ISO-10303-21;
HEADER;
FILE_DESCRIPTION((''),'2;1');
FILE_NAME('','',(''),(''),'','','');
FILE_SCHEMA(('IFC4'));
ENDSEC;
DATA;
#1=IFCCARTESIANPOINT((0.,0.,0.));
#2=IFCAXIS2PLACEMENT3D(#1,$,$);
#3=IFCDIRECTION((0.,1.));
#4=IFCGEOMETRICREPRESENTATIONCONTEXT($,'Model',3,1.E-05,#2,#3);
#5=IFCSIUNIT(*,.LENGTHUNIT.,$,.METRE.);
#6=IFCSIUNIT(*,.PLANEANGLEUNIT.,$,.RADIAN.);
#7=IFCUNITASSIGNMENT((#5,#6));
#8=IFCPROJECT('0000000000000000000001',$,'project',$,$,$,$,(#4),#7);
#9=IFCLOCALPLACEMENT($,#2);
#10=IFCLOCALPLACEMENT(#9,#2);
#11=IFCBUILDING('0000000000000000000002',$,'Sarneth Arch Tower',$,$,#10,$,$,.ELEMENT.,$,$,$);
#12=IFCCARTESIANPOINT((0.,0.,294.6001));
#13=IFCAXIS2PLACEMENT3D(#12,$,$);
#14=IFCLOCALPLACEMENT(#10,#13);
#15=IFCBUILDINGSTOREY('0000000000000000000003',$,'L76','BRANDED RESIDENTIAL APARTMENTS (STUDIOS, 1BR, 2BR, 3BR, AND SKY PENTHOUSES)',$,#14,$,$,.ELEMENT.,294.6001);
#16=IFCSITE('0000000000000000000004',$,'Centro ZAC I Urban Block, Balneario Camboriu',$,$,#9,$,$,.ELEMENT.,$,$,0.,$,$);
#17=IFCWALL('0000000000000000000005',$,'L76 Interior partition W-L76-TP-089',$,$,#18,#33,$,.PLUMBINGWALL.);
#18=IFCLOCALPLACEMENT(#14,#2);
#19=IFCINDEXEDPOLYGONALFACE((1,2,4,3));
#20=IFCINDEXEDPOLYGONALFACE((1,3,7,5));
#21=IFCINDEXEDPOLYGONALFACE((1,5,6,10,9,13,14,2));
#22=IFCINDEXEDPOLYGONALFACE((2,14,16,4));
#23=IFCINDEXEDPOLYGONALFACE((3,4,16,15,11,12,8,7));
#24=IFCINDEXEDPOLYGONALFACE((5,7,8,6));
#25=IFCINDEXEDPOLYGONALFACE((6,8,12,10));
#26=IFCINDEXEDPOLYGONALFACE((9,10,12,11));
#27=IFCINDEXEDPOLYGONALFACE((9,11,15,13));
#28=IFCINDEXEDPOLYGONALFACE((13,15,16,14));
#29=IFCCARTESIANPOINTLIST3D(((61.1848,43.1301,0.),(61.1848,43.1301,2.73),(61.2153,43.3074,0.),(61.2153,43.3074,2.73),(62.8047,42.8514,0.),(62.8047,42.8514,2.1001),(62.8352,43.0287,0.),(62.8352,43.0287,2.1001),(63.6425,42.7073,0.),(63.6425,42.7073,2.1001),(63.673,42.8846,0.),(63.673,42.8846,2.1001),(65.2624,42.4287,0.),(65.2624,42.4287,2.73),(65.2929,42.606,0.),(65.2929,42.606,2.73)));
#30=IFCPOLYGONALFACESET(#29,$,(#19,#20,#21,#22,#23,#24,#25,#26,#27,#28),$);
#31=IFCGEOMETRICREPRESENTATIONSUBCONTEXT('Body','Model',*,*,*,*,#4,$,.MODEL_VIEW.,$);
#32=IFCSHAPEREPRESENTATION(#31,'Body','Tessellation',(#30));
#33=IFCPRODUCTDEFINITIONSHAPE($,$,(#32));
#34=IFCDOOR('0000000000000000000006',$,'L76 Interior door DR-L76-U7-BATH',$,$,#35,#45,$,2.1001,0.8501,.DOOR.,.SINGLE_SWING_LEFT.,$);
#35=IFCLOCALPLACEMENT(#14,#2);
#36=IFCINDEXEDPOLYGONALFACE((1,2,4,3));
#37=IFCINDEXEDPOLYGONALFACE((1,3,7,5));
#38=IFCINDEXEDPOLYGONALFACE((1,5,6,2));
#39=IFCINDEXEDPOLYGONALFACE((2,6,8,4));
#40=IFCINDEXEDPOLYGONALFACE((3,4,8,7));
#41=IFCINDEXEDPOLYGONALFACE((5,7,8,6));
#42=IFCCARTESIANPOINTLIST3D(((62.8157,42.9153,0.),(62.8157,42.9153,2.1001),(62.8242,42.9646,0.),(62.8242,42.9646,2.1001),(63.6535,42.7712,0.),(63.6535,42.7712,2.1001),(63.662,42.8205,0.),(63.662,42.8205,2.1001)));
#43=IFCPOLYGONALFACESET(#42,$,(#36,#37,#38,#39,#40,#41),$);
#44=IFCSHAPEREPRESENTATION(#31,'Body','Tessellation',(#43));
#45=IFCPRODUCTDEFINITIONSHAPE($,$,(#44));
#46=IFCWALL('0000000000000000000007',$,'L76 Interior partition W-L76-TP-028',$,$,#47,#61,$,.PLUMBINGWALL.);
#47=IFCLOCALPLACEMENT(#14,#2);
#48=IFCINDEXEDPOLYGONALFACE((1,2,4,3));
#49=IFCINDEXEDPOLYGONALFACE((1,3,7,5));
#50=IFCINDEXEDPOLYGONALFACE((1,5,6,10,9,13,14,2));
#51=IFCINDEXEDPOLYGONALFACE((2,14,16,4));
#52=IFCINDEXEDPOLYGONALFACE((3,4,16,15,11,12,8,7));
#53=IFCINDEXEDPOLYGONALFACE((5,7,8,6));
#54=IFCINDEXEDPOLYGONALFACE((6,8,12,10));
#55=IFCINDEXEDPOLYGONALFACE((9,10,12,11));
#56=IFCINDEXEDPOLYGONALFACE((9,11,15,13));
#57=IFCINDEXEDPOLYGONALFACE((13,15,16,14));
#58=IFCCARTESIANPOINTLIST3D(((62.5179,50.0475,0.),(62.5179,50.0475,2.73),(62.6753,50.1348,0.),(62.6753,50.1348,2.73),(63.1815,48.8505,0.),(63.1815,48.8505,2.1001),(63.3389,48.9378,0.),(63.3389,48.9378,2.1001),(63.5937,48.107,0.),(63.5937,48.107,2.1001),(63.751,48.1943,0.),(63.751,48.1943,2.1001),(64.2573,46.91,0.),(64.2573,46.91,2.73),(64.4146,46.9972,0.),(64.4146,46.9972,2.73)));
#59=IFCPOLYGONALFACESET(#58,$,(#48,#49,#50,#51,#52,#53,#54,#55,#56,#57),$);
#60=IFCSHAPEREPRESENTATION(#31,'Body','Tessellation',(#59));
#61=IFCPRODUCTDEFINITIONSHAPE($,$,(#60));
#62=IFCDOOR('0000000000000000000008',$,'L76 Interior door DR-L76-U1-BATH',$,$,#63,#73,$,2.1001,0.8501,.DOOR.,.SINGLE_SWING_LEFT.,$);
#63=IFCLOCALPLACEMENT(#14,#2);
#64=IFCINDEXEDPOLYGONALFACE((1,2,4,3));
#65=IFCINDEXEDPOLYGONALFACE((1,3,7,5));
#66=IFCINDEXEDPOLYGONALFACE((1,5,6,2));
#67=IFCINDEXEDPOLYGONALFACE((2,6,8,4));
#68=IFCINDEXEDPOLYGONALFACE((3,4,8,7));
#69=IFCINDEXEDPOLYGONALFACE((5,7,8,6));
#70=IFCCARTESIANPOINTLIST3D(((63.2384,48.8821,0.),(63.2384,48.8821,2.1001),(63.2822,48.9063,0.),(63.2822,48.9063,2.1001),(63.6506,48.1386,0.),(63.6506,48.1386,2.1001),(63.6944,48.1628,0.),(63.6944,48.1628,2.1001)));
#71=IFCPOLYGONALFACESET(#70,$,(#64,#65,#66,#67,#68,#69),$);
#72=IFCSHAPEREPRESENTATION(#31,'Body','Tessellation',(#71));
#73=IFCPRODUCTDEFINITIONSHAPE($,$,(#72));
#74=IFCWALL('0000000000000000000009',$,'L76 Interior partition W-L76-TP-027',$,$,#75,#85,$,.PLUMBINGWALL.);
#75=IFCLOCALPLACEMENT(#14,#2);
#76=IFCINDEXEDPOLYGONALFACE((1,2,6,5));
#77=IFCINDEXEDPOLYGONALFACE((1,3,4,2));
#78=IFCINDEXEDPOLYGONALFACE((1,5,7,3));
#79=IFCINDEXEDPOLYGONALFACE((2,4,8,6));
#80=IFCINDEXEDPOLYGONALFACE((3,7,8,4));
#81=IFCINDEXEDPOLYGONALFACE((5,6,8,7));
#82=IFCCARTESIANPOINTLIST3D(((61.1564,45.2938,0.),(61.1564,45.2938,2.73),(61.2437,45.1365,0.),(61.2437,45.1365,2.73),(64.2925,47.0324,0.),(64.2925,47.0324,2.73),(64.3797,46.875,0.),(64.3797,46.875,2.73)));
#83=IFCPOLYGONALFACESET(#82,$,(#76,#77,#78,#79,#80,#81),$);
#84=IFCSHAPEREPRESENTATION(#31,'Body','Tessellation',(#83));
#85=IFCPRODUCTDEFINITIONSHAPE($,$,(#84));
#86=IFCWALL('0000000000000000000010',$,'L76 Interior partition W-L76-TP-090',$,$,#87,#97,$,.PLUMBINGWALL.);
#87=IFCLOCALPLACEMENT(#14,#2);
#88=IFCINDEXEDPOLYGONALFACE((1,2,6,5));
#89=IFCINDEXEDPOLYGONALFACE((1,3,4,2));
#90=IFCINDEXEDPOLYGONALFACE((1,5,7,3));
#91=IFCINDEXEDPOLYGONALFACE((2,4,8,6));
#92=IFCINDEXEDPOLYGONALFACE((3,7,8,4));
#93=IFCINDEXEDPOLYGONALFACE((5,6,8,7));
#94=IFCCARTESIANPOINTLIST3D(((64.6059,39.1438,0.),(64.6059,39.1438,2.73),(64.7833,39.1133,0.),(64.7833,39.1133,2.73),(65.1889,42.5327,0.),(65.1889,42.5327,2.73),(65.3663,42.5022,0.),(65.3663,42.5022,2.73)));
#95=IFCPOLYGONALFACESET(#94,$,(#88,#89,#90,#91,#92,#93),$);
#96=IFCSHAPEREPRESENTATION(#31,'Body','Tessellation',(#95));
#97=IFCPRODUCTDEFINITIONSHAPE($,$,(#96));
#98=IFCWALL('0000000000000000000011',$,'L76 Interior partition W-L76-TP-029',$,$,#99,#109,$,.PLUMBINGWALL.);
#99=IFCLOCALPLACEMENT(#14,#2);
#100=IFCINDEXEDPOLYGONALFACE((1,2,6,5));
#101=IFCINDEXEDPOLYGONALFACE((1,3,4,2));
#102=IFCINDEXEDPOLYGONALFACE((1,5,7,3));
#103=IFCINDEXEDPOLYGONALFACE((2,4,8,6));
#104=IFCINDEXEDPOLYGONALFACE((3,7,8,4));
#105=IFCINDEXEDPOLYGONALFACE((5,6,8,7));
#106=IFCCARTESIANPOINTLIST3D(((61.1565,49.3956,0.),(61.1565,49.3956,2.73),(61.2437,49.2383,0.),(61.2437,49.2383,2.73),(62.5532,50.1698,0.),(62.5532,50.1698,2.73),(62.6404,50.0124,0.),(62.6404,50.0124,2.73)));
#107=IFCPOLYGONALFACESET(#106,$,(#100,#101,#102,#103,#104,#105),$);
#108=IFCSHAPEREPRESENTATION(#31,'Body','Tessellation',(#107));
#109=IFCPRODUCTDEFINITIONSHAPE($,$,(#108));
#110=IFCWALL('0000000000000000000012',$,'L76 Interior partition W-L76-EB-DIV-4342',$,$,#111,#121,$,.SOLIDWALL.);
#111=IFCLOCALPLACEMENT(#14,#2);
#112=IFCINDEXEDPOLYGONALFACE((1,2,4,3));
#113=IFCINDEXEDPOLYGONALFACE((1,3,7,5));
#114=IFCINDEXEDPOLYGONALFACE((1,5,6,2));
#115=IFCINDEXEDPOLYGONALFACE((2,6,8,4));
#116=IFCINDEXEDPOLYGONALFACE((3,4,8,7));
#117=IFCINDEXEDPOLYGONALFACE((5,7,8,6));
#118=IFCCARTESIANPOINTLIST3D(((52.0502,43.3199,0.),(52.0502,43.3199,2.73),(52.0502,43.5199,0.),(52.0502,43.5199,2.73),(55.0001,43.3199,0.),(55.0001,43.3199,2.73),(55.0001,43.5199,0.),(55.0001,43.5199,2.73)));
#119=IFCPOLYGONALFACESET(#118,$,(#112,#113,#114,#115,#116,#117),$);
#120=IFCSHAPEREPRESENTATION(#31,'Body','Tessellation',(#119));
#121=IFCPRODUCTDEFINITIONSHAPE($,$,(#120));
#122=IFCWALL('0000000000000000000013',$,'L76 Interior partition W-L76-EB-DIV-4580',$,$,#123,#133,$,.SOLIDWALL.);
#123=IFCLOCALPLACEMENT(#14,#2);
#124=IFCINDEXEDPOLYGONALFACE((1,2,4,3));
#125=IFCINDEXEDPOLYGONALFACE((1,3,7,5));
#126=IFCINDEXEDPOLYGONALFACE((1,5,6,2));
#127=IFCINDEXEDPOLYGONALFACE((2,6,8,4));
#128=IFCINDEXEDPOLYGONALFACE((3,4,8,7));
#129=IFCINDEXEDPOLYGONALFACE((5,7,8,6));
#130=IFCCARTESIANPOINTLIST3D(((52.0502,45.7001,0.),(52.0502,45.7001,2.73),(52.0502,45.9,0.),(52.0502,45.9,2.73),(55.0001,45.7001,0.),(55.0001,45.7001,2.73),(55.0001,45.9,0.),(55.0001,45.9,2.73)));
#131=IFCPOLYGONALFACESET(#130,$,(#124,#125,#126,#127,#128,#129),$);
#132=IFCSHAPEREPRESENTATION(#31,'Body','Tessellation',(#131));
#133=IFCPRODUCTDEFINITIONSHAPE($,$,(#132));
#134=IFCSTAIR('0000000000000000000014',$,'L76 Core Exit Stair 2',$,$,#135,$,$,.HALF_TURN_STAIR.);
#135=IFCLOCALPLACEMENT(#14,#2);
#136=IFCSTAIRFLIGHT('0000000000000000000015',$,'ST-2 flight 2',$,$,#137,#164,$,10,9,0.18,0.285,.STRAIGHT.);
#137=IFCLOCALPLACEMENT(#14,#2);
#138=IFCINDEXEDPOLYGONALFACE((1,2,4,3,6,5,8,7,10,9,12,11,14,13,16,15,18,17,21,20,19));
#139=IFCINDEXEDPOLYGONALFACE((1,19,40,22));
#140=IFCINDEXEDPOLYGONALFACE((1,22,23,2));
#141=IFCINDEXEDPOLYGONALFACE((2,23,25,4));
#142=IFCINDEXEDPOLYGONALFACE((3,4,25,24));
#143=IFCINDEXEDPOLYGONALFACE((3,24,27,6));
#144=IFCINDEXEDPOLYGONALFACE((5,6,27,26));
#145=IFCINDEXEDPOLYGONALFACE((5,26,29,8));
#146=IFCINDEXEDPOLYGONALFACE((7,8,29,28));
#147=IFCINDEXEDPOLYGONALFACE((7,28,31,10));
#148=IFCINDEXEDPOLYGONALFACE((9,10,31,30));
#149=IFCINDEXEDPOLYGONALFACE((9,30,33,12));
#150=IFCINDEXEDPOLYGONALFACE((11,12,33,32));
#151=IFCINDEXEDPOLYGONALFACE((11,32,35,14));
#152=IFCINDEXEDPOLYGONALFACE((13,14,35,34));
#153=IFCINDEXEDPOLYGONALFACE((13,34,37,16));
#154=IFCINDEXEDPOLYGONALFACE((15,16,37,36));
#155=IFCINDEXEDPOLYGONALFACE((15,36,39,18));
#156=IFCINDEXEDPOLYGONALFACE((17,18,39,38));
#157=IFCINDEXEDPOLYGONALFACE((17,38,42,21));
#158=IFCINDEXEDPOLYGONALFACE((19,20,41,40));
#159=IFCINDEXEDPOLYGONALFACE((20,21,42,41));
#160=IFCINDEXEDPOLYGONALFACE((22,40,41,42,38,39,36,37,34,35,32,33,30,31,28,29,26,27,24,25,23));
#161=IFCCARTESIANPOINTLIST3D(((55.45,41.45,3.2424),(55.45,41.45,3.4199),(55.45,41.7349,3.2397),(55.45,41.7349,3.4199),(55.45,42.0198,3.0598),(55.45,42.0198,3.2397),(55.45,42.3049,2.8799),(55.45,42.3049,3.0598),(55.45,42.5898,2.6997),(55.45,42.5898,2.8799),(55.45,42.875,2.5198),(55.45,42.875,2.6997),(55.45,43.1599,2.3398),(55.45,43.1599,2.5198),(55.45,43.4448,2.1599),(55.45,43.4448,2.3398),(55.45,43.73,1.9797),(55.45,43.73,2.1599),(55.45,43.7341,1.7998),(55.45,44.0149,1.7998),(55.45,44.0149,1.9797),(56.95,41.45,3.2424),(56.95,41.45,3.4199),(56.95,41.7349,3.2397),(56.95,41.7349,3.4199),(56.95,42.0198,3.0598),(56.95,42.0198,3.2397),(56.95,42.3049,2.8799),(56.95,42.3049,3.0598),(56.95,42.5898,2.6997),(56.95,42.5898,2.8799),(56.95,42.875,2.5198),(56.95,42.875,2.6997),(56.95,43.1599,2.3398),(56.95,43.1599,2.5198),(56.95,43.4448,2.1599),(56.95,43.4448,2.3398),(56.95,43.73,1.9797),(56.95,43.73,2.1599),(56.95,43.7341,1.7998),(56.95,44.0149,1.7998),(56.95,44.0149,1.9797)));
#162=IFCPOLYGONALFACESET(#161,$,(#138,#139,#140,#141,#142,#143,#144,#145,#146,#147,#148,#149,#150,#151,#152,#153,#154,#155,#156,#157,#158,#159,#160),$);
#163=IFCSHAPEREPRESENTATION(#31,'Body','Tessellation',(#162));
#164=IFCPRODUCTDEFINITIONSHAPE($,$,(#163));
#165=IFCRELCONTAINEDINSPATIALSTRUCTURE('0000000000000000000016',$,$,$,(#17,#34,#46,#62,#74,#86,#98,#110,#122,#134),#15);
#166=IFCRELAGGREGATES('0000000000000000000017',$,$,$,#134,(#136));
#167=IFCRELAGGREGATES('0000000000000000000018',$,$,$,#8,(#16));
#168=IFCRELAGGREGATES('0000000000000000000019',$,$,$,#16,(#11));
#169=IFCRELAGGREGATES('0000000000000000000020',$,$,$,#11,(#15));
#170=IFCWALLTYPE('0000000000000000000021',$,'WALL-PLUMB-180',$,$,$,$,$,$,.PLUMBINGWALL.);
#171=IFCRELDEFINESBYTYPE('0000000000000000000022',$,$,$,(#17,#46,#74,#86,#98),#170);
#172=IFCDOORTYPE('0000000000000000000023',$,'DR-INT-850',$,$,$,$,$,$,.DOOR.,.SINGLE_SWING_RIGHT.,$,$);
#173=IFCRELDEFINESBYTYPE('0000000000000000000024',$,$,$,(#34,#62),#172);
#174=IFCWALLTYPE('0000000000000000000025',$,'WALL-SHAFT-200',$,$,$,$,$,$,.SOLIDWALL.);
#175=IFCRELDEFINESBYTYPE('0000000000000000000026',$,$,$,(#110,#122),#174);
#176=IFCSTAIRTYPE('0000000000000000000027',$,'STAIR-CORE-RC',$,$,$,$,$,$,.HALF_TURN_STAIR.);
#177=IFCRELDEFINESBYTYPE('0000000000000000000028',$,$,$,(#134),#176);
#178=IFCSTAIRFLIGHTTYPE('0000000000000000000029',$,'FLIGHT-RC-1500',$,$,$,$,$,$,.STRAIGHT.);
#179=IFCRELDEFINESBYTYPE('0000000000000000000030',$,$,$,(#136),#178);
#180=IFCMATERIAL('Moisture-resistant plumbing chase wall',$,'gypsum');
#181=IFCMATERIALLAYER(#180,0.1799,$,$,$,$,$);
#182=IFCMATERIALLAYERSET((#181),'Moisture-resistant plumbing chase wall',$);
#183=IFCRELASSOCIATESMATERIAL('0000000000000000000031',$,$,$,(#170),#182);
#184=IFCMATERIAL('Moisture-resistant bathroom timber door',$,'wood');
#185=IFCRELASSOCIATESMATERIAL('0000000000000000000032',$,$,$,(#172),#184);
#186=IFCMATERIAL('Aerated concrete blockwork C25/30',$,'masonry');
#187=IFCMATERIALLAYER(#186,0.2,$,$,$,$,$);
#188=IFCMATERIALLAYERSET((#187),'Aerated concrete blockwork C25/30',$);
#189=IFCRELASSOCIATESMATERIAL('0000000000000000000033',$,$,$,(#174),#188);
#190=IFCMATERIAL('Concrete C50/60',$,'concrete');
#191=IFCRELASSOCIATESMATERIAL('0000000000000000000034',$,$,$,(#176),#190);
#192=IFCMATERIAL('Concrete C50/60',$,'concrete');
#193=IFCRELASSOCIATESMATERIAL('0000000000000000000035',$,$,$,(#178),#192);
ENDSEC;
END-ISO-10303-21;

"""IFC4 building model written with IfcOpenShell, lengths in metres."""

from ifc_helpers import new_model, si_unit, direction, frame, frame_2d, origin, place, context, subcontext, project, spatial, polyline, rectangle, outline, extrude, material, layer, layer_set, type_object, element, fill, aggregate, save


model = new_model("IFC4")

# Units and contexts
model_context = context("Model", 3, precision=1e-05, world=origin(), true_north=direction((0.0, 1.0)))
body_context = subcontext(model_context, "Body", "Model", "MODEL_VIEW")
ifc_project = project(units=[si_unit("LENGTHUNIT", "METRE"), si_unit("PLANEANGLEUNIT", "RADIAN")], contexts=[model_context])

# Site, building, storey
site_placement = place(None, origin())
site = spatial("IfcSite", under=ifc_project, at=site_placement, Name="Centro ZAC I Urban Block, Balneario Camboriu", CompositionType="ELEMENT", RefElevation=0.0)
building_placement = place(site_placement, origin())
building = spatial("IfcBuilding", under=site, at=building_placement, Name="Sarneth Arch Tower", CompositionType="ELEMENT")
storey_placement = place(building_placement, frame((0.0, 0.0, 294.6001)))
storey = spatial("IfcBuildingStorey", under=building, at=storey_placement, Name="L76", Description="BRANDED RESIDENTIAL APARTMENTS (STUDIOS, 1BR, 2BR, 3BR, AND SKY PENTHOUSES)", CompositionType="ELEMENT", Elevation=294.6001)

# Walls, openings, doors
ifc_material_1 = material(Name="Moisture-resistant plumbing chase wall", Category="gypsum")
ifc_layer_1 = layer(ifc_material_1, 0.1799)
ifc_layer_set_1 = layer_set([ifc_layer_1], Name="Moisture-resistant plumbing chase wall")
wall_type_1 = type_object("IfcWallType", Name="WALL-PLUMB-180", PredefinedType="PLUMBINGWALL", material=ifc_layer_set_1)
ifc_material_2 = material(Name="Moisture-resistant bathroom timber door", Category="wood")
door_type_1 = type_object("IfcDoorType", Name="DR-INT-850", OperationType="SINGLE_SWING_RIGHT", PredefinedType="DOOR", material=ifc_material_2)
wall_1_placement = place(storey_placement, frame((61.2, 43.2188, 0.0), z_axis=(0.0, 0.0, 1.0), x_axis=(0.985526, -0.169526, 0.0)))
wall_1 = element("IfcWall", 1, at=wall_1_placement, inside=storey, type_object=wall_type_1, Name="L76 Interior partition W-L76-TP-089", PredefinedType="PLUMBINGWALL", context=body_context, shape_type="SweptSolid", body=[
    extrude(rectangle(XDim=4.1375, YDim=0.1799, at=frame_2d((2.0688, 0.0))), origin(), (0.0, 0.0, 1.0), 2.73),
])
opening_1_placement = place(wall_1_placement, frame((1.6438, 0.0, 0.0)))
opening_1 = element("IfcOpeningElement", 2, at=opening_1_placement, cuts=wall_1, PredefinedType="OPENING", context=body_context, shape_type="SweptSolid", body=[
    extrude(rectangle(XDim=0.8501, YDim=2.1001, at=frame_2d((0.425, 1.05))), frame((0.0, 0.0999, 0.0), z_axis=(0.0, -1.0, 0.0), x_axis=(1.0, 0.0, 0.0)), (0.0, 0.0, 1.0), 0.2),
])
door_1_placement = place(opening_1_placement, origin())
door_1 = element("IfcDoor", 3, at=door_1_placement, inside=storey, type_object=door_type_1, Name="L76 Interior door DR-L76-U7-BATH", OperationType="SINGLE_SWING_LEFT", OverallHeight=2.1001, OverallWidth=0.8501, PredefinedType="DOOR", context=body_context, shape_type="SweptSolid", body=[
    extrude(rectangle(XDim=0.8501, YDim=2.1001, at=frame_2d((0.425, 1.05))), frame((0.0, 0.0249, 0.0), z_axis=(0.0, -1.0, 0.0), x_axis=(1.0, 0.0, 0.0)), (0.0, 0.0, 1.0), 0.05),
])
fill(opening_1, door_1)
wall_2_placement = place(storey_placement, frame((64.3359, 46.9536, 0.0), z_axis=(0.0, 0.0, 1.0), x_axis=(-0.48484, 0.874603, 0.0)))
wall_2 = element("IfcWall", 4, at=wall_2_placement, inside=storey, type_object=wall_type_1, Name="L76 Interior partition W-L76-TP-028", PredefinedType="PLUMBINGWALL", context=body_context, shape_type="SweptSolid", body=[
    extrude(rectangle(XDim=3.5874, YDim=0.1799, at=frame_2d((1.7937, 0.0))), origin(), (0.0, 0.0, 1.0), 2.73),
])
opening_2_placement = place(wall_2_placement, frame((1.3687, 0.0, 0.0)))
opening_2 = element("IfcOpeningElement", 5, at=opening_2_placement, cuts=wall_2, PredefinedType="OPENING", context=body_context, shape_type="SweptSolid", body=[
    extrude(rectangle(XDim=0.8501, YDim=2.1001, at=frame_2d((0.425, 1.05))), frame((0.0, 0.0999, 0.0), z_axis=(0.0, -1.0, 0.0), x_axis=(1.0, 0.0, 0.0)), (0.0, 0.0, 1.0), 0.2),
])
door_2_placement = place(opening_2_placement, origin())
door_2 = element("IfcDoor", 6, at=door_2_placement, inside=storey, type_object=door_type_1, Name="L76 Interior door DR-L76-U1-BATH", OperationType="SINGLE_SWING_LEFT", OverallHeight=2.1001, OverallWidth=0.8501, PredefinedType="DOOR", context=body_context, shape_type="SweptSolid", body=[
    extrude(rectangle(XDim=0.8501, YDim=2.1001, at=frame_2d((0.425, 1.05))), frame((0.0, 0.0249, 0.0), z_axis=(0.0, -1.0, 0.0), x_axis=(1.0, 0.0, 0.0)), (0.0, 0.0, 1.0), 0.05),
])
fill(opening_2, door_2)

# Walls
wall_3_placement = place(storey_placement, frame((61.2, 45.2151, 0.0), z_axis=(0.0, 0.0, 1.0), x_axis=(0.874594, 0.484857, 0.0)))
element("IfcWall", 7, at=wall_3_placement, inside=storey, type_object=wall_type_1, Name="L76 Interior partition W-L76-TP-027", PredefinedType="PLUMBINGWALL", context=body_context, shape_type="SweptSolid", body=[
    extrude(rectangle(XDim=3.5857, YDim=0.1799, at=frame_2d((1.793, 0.0))), origin(), (0.0, 0.0, 1.0), 2.73),
])
wall_4_placement = place(storey_placement, frame((65.2776, 42.5173, 0.0), z_axis=(0.0, 0.0, 1.0), x_axis=(-0.169543, -0.985523, 0.0)))
element("IfcWall", 8, at=wall_4_placement, inside=storey, type_object=wall_type_1, Name="L76 Interior partition W-L76-TP-090", PredefinedType="PLUMBINGWALL", context=body_context, shape_type="SweptSolid", body=[
    extrude(rectangle(XDim=3.4387, YDim=0.1799, at=frame_2d((1.7192, 0.0))), origin(), (0.0, 0.0, 1.0), 2.73),
])
wall_5_placement = place(storey_placement, frame((62.5967, 50.0911, 0.0), z_axis=(0.0, 0.0, 1.0), x_axis=(-0.874633, -0.484786, 0.0)))
element("IfcWall", 9, at=wall_5_placement, inside=storey, type_object=wall_type_1, Name="L76 Interior partition W-L76-TP-029", PredefinedType="PLUMBINGWALL", context=body_context, shape_type="SweptSolid", body=[
    extrude(rectangle(XDim=1.5969, YDim=0.1799, at=frame_2d((0.7983, 0.0))), origin(), (0.0, 0.0, 1.0), 2.73),
])
ifc_material_3 = material(Name="Aerated concrete blockwork C25/30", Category="masonry")
ifc_layer_2 = layer(ifc_material_3, 0.2)
ifc_layer_set_2 = layer_set([ifc_layer_2], Name="Aerated concrete blockwork C25/30")
wall_type_2 = type_object("IfcWallType", Name="WALL-SHAFT-200", PredefinedType="SOLIDWALL", material=ifc_layer_set_2)
for number, where, z_axis, x_axis, name in (
    (10, (52.05, 43.4199, 0.0), (0.0, 0.0, 1.0), (1.0, 0.0, 0.0), "L76 Interior partition W-L76-EB-DIV-4342"),
    (11, (52.05, 45.8, 0.0), (0.0, 0.0, 1.0), (1.0, 0.0, 0.0), "L76 Interior partition W-L76-EB-DIV-4580"),
):
    element("IfcWall", number, at=place(storey_placement, frame(where, z_axis=z_axis, x_axis=x_axis)), inside=storey, type_object=wall_type_2, Name=name, PredefinedType="SOLIDWALL", context=body_context, shape_type="SweptSolid", body=[
        extrude(rectangle(XDim=2.95, YDim=0.2, at=frame_2d((1.4751, 0.0))), origin(), (0.0, 0.0, 1.0), 2.73),
    ])

# Stair, stair flight
ifc_material_4 = material(Name="Concrete C50/60", Category="concrete")
stair_type = type_object("IfcStairType", Name="STAIR-CORE-RC", PredefinedType="HALF_TURN_STAIR", material=ifc_material_4)
stair_placement = place(storey_placement, origin())
stair = element("IfcStair", 12, at=stair_placement, inside=storey, type_object=stair_type, Name="L76 Core Exit Stair 2", PredefinedType="HALF_TURN_STAIR")
ifc_material_5 = material(Name="Concrete C50/60", Category="concrete")
stair_flight_type = type_object("IfcStairFlightType", Name="FLIGHT-RC-1500", PredefinedType="STRAIGHT", material=ifc_material_5)
stair_flight_placement = place(storey_placement, frame((56.2, 44.0149, 1.7998), z_axis=(0.0, 0.0, 1.0), x_axis=(0.0, -1.0, 0.0)))
stair_flight = element("IfcStairFlight", 13, at=stair_flight_placement, type_object=stair_flight_type, Name="ST-2 flight 2", NumberOfRisers=10, NumberOfTreads=9, PredefinedType="STRAIGHT", RiserHeight=0.18, TreadLength=0.285, context=body_context, shape_type="SweptSolid", body=[
    extrude(outline(polyline([(0.0, 0.0), (0.0, 0.1799), (0.2849, 0.1799), (0.2849, 0.3601), (0.5701, 0.3601), (0.5701, 0.54), (0.855, 0.54), (0.855, 0.72), (1.1399, 0.72), (1.1399, 0.8999), (1.425, 0.8999), (1.425, 1.0801), (1.71, 1.0801), (1.71, 1.26), (1.9951, 1.26), (1.9951, 1.4399), (2.28, 1.4399), (2.28, 1.6201), (2.5649, 1.6201), (2.5649, 1.8), (2.5649, 1.4426), (0.2808, 0.0), (0.0, 0.0)])), frame((0.0, 0.75, 0.0), z_axis=(0.0, -1.0, 0.0), x_axis=(1.0, 0.0, 0.0)), (0.0, 0.0, 1.0), 1.5),
])
aggregate(stair, [stair_flight])

save(model, "model.ifc")
